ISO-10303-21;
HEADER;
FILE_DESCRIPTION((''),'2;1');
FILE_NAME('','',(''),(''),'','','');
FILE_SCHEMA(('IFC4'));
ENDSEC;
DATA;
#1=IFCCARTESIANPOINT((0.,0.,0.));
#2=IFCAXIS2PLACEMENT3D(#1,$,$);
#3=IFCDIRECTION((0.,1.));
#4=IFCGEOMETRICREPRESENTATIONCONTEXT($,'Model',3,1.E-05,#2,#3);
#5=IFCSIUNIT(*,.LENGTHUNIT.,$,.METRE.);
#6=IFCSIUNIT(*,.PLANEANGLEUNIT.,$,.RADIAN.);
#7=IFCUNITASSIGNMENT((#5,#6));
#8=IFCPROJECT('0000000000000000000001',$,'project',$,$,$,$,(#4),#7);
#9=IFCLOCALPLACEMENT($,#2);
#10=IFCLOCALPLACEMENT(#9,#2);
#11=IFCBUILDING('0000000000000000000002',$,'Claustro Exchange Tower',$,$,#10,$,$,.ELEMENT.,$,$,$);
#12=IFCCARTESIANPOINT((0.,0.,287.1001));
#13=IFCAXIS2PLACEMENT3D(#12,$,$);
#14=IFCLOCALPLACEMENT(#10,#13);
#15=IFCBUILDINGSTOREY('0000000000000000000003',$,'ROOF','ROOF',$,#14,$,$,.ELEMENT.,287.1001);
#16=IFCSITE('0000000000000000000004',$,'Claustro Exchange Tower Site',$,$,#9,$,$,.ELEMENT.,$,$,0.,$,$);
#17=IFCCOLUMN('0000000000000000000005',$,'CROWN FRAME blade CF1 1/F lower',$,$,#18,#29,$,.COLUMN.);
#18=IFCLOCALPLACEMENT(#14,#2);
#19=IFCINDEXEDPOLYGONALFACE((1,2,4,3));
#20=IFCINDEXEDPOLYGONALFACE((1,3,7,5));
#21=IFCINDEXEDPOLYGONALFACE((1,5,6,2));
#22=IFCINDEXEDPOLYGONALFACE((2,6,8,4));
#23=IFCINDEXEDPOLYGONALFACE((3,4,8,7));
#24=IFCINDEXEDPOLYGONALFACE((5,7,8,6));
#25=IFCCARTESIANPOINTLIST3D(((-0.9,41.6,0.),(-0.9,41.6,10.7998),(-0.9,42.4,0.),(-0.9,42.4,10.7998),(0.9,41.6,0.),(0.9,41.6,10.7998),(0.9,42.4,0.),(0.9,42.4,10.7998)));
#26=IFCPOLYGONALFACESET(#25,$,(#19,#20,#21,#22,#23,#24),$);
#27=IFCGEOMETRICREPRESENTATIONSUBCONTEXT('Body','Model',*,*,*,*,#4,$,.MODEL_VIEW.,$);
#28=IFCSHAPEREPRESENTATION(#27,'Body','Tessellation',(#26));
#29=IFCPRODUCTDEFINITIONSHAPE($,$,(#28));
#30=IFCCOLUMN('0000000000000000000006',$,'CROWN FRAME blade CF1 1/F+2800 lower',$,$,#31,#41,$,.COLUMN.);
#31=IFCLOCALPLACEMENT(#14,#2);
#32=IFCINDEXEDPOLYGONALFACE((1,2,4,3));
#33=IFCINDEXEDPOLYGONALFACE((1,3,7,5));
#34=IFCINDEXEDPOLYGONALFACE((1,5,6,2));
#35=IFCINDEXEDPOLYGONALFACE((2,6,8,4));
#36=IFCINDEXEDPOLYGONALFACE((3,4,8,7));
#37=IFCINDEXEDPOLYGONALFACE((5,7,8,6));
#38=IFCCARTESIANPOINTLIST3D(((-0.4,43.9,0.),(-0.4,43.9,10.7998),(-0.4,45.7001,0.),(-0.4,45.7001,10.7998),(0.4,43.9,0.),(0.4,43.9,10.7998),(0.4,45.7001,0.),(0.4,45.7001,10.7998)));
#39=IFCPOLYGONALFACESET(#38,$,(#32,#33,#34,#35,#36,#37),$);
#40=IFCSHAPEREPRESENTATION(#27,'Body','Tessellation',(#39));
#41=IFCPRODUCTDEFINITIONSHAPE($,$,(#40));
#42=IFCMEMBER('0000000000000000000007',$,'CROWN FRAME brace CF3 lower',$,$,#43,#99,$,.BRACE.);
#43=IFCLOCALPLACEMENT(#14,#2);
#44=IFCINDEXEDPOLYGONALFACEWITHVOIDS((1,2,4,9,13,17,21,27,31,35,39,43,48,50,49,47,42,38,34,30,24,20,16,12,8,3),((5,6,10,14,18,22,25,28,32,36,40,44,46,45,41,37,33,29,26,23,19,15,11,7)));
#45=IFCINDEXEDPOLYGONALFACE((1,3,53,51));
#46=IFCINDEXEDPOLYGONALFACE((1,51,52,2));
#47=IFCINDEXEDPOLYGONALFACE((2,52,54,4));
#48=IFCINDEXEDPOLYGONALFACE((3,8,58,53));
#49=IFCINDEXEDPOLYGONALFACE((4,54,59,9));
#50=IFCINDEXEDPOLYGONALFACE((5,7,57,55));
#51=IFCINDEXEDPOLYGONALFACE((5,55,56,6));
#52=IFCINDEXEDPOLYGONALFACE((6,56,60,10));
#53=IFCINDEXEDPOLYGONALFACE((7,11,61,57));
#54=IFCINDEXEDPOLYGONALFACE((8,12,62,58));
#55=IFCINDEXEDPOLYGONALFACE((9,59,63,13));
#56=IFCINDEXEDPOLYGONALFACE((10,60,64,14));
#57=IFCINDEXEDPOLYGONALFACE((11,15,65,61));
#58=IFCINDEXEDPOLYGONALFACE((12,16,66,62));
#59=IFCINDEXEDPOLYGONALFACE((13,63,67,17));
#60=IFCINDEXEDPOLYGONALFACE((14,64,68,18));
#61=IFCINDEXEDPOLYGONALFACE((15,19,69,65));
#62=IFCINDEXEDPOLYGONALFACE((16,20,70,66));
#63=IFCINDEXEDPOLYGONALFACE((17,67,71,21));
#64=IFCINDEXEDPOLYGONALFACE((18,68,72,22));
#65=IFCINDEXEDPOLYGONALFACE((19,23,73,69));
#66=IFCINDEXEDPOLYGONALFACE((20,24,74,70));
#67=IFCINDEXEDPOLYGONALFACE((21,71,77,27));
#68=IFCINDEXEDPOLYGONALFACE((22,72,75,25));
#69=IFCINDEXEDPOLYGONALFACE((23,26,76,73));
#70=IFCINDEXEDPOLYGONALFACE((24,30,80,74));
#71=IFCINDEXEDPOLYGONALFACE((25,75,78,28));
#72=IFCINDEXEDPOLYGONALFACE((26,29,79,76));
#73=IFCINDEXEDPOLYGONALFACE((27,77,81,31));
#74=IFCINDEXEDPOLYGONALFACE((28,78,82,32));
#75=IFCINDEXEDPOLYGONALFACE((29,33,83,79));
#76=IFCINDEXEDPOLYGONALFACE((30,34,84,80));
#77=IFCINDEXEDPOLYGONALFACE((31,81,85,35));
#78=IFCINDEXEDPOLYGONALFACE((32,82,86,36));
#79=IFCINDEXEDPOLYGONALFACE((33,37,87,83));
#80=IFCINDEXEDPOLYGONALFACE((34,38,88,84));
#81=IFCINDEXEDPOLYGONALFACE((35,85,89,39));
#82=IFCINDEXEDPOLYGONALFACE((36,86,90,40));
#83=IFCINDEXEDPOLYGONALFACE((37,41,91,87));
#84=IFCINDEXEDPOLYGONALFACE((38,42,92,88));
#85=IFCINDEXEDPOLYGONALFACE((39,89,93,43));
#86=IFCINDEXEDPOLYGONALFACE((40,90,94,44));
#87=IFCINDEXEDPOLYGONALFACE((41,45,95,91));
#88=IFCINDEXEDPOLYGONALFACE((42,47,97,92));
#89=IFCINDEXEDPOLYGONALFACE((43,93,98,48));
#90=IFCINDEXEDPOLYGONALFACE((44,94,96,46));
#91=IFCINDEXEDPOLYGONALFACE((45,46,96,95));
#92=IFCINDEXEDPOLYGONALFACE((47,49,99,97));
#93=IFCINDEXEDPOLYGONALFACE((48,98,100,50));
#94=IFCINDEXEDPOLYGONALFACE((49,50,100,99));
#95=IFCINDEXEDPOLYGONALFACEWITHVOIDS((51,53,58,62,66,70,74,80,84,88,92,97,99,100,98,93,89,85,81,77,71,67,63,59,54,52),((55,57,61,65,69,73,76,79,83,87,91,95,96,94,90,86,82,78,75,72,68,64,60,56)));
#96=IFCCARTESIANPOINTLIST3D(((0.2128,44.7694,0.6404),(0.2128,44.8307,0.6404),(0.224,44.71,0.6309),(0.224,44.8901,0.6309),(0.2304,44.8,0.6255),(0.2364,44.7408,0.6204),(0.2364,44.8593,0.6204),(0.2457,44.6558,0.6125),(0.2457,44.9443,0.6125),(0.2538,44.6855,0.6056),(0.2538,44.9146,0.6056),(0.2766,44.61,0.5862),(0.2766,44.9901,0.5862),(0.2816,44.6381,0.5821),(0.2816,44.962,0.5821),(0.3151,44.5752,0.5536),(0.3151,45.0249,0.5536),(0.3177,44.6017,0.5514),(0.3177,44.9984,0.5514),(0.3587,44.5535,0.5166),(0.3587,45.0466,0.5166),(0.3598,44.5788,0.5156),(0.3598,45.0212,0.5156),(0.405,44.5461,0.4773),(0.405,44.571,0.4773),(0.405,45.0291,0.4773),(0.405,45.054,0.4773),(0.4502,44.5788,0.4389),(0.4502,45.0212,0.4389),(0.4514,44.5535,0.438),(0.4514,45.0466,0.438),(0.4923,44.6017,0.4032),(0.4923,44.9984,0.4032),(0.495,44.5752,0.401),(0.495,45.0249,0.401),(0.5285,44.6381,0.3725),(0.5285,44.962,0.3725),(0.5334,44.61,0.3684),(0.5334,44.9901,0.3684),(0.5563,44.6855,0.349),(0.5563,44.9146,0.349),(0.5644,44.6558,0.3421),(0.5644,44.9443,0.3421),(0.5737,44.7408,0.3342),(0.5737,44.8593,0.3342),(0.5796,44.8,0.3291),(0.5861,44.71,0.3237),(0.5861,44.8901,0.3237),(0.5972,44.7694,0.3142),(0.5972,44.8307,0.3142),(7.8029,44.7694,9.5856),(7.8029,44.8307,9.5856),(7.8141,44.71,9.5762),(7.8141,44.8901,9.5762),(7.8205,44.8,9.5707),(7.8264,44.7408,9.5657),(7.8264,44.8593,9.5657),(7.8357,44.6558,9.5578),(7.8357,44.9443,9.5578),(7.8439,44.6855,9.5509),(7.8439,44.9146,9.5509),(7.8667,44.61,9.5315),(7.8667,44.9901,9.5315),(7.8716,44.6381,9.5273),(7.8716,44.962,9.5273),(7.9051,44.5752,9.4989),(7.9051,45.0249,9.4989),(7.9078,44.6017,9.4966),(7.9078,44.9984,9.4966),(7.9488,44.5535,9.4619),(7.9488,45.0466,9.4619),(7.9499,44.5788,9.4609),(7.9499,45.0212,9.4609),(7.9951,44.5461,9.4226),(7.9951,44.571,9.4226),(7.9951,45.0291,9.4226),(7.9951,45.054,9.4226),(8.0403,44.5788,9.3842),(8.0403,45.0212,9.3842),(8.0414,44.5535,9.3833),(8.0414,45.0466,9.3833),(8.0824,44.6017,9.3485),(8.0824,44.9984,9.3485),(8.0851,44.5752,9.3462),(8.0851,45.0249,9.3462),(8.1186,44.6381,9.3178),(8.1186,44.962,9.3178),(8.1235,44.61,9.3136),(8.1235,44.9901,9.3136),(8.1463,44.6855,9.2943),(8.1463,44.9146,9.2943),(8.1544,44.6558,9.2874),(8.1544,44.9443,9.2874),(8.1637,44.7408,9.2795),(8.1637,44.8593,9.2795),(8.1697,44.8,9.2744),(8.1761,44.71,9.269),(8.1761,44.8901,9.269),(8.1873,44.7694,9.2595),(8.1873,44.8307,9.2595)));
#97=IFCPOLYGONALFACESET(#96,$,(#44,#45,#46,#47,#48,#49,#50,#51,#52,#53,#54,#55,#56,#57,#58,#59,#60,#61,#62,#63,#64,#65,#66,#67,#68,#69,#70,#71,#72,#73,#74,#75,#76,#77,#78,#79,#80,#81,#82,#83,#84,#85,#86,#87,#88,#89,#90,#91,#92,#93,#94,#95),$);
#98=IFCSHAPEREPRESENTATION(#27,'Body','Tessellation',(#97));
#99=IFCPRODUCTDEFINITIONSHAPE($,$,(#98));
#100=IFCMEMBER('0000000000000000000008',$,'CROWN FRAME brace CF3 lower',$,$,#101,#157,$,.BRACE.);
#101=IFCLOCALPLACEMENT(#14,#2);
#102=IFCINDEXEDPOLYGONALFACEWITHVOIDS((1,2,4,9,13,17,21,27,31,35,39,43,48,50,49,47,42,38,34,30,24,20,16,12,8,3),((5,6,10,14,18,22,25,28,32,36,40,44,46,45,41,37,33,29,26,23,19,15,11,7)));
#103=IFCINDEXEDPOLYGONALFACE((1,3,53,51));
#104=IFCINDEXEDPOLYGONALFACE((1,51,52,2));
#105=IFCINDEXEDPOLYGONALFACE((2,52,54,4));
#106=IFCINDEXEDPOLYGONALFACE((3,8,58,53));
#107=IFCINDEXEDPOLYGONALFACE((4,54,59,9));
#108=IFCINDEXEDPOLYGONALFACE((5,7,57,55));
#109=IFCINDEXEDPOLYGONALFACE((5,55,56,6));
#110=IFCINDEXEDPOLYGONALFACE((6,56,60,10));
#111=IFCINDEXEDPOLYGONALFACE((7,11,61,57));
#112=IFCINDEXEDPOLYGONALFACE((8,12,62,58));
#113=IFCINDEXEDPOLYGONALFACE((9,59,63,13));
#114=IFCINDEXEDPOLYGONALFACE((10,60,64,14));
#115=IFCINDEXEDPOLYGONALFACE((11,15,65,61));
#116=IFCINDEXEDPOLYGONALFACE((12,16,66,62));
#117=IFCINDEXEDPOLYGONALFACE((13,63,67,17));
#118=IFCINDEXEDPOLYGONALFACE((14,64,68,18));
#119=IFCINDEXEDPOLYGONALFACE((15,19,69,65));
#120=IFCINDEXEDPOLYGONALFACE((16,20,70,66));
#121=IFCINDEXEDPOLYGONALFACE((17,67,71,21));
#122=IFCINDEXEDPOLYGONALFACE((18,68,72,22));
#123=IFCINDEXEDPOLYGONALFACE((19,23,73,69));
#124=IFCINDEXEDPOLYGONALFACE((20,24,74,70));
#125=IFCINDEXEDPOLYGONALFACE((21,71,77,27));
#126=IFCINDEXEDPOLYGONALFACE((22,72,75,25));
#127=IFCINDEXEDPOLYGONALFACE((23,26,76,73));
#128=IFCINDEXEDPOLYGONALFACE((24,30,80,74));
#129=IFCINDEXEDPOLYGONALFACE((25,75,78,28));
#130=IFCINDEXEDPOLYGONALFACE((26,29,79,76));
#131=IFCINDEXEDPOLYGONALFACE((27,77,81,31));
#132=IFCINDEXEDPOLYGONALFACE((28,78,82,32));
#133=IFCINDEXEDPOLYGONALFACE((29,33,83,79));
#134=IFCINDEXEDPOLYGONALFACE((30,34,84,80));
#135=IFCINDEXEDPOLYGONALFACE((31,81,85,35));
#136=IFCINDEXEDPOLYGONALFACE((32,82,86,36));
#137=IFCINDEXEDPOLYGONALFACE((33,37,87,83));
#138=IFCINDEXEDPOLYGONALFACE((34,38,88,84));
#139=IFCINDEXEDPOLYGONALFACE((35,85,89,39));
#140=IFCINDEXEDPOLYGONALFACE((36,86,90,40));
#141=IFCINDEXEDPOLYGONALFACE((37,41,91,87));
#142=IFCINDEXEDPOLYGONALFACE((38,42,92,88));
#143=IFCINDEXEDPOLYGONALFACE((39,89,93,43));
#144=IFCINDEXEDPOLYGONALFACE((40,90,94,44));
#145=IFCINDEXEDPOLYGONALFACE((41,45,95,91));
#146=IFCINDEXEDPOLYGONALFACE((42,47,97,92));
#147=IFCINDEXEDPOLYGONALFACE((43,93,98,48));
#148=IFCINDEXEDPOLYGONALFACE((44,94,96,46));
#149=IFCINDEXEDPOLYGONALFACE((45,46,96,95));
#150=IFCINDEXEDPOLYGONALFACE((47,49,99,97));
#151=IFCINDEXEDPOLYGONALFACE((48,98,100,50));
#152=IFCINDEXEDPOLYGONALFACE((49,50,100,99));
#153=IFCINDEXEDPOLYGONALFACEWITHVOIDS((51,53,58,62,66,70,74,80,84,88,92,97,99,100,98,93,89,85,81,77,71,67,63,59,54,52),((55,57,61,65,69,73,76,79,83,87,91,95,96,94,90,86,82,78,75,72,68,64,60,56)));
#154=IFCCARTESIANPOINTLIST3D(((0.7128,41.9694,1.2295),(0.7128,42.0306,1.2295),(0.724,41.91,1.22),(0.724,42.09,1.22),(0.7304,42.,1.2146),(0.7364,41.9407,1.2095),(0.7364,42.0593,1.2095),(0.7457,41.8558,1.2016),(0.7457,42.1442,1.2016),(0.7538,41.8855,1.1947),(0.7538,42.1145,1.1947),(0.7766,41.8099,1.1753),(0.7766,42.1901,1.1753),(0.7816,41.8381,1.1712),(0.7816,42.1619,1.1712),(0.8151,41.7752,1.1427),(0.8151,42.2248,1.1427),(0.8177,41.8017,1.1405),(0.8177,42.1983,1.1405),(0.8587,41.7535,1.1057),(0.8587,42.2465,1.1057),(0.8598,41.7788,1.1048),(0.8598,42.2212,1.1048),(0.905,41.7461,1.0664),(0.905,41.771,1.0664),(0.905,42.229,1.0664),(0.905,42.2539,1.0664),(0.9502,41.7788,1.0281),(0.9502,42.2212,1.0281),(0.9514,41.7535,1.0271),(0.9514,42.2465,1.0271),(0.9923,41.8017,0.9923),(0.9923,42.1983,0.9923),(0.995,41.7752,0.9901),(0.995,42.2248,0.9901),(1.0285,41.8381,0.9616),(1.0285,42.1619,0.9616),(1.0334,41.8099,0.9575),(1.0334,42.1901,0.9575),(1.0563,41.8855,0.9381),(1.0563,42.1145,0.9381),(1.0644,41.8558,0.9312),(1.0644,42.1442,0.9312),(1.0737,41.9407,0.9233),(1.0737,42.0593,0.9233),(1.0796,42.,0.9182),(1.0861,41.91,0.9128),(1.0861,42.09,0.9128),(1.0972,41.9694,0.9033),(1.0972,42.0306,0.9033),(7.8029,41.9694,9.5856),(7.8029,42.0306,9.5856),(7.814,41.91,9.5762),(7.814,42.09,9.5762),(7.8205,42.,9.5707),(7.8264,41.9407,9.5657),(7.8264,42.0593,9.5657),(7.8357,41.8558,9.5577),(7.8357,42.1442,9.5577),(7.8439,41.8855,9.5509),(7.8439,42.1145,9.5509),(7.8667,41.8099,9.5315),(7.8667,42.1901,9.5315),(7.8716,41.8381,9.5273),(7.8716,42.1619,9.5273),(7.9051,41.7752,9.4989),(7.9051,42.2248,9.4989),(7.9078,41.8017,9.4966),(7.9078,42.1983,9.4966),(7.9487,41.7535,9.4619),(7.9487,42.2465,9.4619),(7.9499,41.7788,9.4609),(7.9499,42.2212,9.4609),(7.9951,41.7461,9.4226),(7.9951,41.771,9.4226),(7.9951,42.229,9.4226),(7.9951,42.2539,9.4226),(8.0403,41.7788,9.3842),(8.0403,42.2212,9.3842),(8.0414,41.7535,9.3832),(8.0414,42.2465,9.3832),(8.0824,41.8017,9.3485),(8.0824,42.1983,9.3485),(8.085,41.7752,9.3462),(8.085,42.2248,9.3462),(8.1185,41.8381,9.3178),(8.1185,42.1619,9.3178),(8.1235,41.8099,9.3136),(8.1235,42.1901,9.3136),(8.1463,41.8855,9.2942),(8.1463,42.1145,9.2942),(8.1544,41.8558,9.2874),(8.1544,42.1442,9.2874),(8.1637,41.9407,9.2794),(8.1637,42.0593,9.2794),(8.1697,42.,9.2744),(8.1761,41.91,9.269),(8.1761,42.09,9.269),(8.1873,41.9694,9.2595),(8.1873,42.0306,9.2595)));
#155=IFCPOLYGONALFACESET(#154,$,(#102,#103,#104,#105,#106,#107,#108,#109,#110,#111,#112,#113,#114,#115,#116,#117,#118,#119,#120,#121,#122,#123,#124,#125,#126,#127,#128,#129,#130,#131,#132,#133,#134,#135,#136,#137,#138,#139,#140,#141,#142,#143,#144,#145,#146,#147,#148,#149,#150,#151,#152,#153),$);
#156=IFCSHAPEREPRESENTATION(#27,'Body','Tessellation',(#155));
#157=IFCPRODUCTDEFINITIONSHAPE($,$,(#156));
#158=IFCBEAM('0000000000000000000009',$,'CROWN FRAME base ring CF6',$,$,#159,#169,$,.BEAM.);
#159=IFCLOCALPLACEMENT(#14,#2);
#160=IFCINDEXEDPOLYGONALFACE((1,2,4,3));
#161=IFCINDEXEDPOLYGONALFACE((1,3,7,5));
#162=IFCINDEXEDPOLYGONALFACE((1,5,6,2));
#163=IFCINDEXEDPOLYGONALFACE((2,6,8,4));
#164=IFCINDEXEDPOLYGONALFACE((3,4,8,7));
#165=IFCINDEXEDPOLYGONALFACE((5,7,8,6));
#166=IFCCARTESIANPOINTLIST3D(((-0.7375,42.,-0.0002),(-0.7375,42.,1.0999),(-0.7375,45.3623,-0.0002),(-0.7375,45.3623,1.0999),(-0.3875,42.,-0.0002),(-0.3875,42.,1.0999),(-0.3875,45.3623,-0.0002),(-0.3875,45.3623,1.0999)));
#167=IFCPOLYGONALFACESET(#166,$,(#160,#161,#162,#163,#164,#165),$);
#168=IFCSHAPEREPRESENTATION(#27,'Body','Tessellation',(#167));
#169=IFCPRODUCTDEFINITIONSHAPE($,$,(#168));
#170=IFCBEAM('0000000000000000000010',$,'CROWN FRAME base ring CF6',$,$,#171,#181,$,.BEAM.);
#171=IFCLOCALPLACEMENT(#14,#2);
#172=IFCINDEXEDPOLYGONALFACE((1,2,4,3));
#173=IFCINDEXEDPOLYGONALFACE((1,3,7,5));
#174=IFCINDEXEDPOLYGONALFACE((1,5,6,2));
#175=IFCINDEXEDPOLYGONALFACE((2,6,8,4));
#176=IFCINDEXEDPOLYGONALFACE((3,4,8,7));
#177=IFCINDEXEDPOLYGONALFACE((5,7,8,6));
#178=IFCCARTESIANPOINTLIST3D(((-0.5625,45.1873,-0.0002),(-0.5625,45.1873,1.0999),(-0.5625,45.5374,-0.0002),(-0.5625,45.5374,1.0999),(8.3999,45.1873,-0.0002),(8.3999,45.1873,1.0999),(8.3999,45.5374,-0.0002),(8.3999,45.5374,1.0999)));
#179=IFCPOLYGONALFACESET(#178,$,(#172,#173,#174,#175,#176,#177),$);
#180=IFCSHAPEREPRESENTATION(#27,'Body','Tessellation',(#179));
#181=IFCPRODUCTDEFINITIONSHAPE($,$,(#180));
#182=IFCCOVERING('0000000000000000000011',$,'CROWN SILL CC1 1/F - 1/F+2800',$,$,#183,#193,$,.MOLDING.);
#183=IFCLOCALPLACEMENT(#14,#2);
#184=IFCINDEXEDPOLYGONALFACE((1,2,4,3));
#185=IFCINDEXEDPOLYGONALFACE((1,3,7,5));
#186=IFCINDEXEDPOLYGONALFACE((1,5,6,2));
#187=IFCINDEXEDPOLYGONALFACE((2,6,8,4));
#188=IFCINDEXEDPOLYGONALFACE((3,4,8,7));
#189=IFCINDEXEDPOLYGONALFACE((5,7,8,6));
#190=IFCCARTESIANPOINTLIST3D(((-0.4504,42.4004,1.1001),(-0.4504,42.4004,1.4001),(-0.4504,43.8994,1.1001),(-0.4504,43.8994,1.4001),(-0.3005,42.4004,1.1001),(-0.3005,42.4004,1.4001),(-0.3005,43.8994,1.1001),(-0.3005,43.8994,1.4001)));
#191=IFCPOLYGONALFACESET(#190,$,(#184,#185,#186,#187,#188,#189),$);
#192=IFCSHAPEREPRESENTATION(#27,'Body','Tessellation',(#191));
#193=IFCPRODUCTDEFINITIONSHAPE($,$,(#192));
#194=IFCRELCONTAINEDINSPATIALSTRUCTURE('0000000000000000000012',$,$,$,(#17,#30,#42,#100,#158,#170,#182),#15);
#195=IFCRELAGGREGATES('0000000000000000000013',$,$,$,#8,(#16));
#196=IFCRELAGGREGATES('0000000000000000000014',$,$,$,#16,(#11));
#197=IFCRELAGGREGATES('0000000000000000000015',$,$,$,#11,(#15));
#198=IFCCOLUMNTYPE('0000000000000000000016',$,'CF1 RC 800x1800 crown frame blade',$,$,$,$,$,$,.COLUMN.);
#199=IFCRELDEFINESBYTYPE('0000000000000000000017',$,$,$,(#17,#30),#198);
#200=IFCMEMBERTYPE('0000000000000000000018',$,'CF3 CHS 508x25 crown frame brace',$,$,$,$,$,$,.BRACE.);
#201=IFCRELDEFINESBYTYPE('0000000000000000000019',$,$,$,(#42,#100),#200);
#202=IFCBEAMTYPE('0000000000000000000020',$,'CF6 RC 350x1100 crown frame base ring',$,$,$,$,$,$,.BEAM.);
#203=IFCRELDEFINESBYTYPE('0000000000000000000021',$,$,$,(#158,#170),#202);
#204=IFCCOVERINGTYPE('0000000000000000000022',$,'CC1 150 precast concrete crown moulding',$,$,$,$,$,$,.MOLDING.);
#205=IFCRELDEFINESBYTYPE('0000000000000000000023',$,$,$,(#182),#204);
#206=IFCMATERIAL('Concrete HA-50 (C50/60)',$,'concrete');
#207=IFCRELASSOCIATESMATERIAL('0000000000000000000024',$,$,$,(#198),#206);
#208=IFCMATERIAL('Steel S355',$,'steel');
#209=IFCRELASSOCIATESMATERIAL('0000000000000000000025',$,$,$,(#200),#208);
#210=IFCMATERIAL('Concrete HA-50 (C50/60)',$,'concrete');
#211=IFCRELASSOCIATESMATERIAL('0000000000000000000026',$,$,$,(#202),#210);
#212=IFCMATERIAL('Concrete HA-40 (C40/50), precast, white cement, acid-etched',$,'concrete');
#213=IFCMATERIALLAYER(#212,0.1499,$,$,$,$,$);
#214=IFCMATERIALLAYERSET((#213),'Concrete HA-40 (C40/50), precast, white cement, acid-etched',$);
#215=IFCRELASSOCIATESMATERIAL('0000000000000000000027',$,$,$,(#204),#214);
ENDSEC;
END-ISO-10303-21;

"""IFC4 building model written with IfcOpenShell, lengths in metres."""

from ifc_helpers import new_model, si_unit, direction, frame, origin, origin_2d, place, context, subcontext, project, spatial, rectangle, hollow_circle, extrude, material, layer, layer_set, material_profile, profile_set, type_object, element, save


model = new_model("IFC4")

# Units and contexts
model_context = context("Model", 3, precision=1e-05, world=origin(), true_north=direction((0.0, 1.0)))
body_context = subcontext(model_context, "Body", "Model", "MODEL_VIEW")
ifc_project = project(units=[si_unit("LENGTHUNIT", "METRE"), si_unit("PLANEANGLEUNIT", "RADIAN")], contexts=[model_context])

# Site, building, storey
site_placement = place(None, origin())
site = spatial("IfcSite", under=ifc_project, at=site_placement, Name="Claustro Exchange Tower Site", CompositionType="ELEMENT", RefElevation=0.0)
building_placement = place(site_placement, origin())
building = spatial("IfcBuilding", under=site, at=building_placement, Name="Claustro Exchange Tower", CompositionType="ELEMENT")
storey_placement = place(building_placement, frame((0.0, 0.0, 287.1001)))
storey = spatial("IfcBuildingStorey", under=building, at=storey_placement, Name="ROOF", Description="ROOF", CompositionType="ELEMENT", Elevation=287.1001)

# Columns
ifc_material_1 = material(Name="Concrete HA-50 (C50/60)", Category="concrete")
ifc_material_profile_1 = material_profile(ifc_material_1, rectangle(XDim=0.8, YDim=1.8, at=origin_2d()), Name="RC 800x1800")
ifc_profile_set_1 = profile_set([ifc_material_profile_1], Name="Concrete HA-50 (C50/60)")
column_type = type_object("IfcColumnType", Name="CF1 RC 800x1800 crown frame blade", PredefinedType="COLUMN", material=ifc_profile_set_1)
for number, where, z_axis, x_axis, name in (
    (1, (0.0, 42.0, 0.0), (0.0, 0.0, 1.0), (0.0, 1.0, 0.0), "CROWN FRAME blade CF1 1/F lower"),
    (2, (0.0, 44.8, 0.0), (0.0, 0.0, 1.0), (1.0, 0.0, 0.0), "CROWN FRAME blade CF1 1/F+2800 lower"),
):
    element("IfcColumn", number, at=place(storey_placement, frame(where, z_axis=z_axis, x_axis=x_axis)), inside=storey, type_object=column_type, Name=name, PredefinedType="COLUMN", context=body_context, shape_type="SweptSolid", body=[
        extrude(rectangle(XDim=0.8, YDim=1.8, at=origin_2d()), origin(), (0.0, 0.0, 1.0), 10.7998),
    ])

# Members
ifc_material_2 = material(Name="Steel S355", Category="steel")
ifc_material_profile_2 = material_profile(ifc_material_2, hollow_circle(Radius=0.2539, WallThickness=0.0249, at=origin_2d()), Name="CHS 508x25")
ifc_profile_set_2 = profile_set([ifc_material_profile_2], Name="Steel S355")
member_type = type_object("IfcMemberType", Name="CF3 CHS 508x25 crown frame brace", PredefinedType="BRACE", material=ifc_profile_set_2)
member_1_placement = place(storey_placement, frame((0.405, 44.8, 0.4773), z_axis=(0.646984, 0.0, 0.762504), x_axis=(0.0, 1.0, 0.0)))
element("IfcMember", 3, at=member_1_placement, inside=storey, type_object=member_type, Name="CROWN FRAME brace CF3 lower", PredefinedType="BRACE", context=body_context, shape_type="SweptSolid", body=[
    extrude(hollow_circle(Radius=0.2539, WallThickness=0.0249, at=origin_2d()), origin(), (0.0, 0.0, 1.0), 11.7314),
])
member_2_placement = place(storey_placement, frame((0.905, 42.0, 1.0664), z_axis=(0.646976, 0.0, 0.76251), x_axis=(0.0, 1.0, 0.0)))
element("IfcMember", 4, at=member_2_placement, inside=storey, type_object=member_type, Name="CROWN FRAME brace CF3 lower", PredefinedType="BRACE", context=body_context, shape_type="SweptSolid", body=[
    extrude(hollow_circle(Radius=0.2539, WallThickness=0.0249, at=origin_2d()), origin(), (0.0, 0.0, 1.0), 10.9587),
])

# Beams
ifc_material_3 = material(Name="Concrete HA-50 (C50/60)", Category="concrete")
ifc_material_profile_3 = material_profile(ifc_material_3, rectangle(XDim=0.3501, YDim=1.1001, at=origin_2d()), Name="RC 350x1100")
ifc_profile_set_3 = profile_set([ifc_material_profile_3], Name="Concrete HA-50 (C50/60)")
beam_type = type_object("IfcBeamType", Name="CF6 RC 350x1100 crown frame base ring", PredefinedType="BEAM", material=ifc_profile_set_3)
beam_1_placement = place(storey_placement, frame((-0.5625, 42.0, 0.5498), z_axis=(0.0, 1.0, 0.0), x_axis=(-1.0, 0.0, 0.0)))
element("IfcBeam", 5, at=beam_1_placement, inside=storey, type_object=beam_type, Name="CROWN FRAME base ring CF6", PredefinedType="BEAM", context=body_context, shape_type="SweptSolid", body=[
    extrude(rectangle(XDim=0.3501, YDim=1.1001, at=origin_2d()), origin(), (0.0, 0.0, 1.0), 3.3623),
])
beam_2_placement = place(storey_placement, frame((-0.5625, 45.3623, 0.5498), z_axis=(1.0, 0.0, 0.0), x_axis=(0.0, 1.0, 0.0)))
element("IfcBeam", 6, at=beam_2_placement, inside=storey, type_object=beam_type, Name="CROWN FRAME base ring CF6", PredefinedType="BEAM", context=body_context, shape_type="SweptSolid", body=[
    extrude(rectangle(XDim=0.3501, YDim=1.1001, at=origin_2d()), origin(), (0.0, 0.0, 1.0), 8.9624),
])

# Covering
ifc_material_4 = material(Name="Concrete HA-40 (C40/50), precast, white cement, acid-etched", Category="concrete")
ifc_layer_1 = layer(ifc_material_4, 0.1499)
ifc_layer_set_1 = layer_set([ifc_layer_1], Name="Concrete HA-40 (C40/50), precast, white cement, acid-etched")
covering_type_1 = type_object("IfcCoveringType", Name="CC1 150 precast concrete crown moulding", PredefinedType="MOLDING", material=ifc_layer_set_1)
covering_1_placement = place(storey_placement, frame((-0.3755, 43.1499, 1.1001), z_axis=(0.0, 0.0, 1.0), x_axis=(0.0, 1.0, 0.0)))
element("IfcCovering", 7, at=covering_1_placement, inside=storey, type_object=covering_type_1, Name="CROWN SILL CC1 1/F - 1/F+2800", PredefinedType="MOLDING", context=body_context, shape_type="SweptSolid", body=[
    extrude(rectangle(XDim=1.499, YDim=0.1499, at=origin_2d()), origin(), (0.0, 0.0, 1.0), 0.3),
])

save(model, "model.ifc")
